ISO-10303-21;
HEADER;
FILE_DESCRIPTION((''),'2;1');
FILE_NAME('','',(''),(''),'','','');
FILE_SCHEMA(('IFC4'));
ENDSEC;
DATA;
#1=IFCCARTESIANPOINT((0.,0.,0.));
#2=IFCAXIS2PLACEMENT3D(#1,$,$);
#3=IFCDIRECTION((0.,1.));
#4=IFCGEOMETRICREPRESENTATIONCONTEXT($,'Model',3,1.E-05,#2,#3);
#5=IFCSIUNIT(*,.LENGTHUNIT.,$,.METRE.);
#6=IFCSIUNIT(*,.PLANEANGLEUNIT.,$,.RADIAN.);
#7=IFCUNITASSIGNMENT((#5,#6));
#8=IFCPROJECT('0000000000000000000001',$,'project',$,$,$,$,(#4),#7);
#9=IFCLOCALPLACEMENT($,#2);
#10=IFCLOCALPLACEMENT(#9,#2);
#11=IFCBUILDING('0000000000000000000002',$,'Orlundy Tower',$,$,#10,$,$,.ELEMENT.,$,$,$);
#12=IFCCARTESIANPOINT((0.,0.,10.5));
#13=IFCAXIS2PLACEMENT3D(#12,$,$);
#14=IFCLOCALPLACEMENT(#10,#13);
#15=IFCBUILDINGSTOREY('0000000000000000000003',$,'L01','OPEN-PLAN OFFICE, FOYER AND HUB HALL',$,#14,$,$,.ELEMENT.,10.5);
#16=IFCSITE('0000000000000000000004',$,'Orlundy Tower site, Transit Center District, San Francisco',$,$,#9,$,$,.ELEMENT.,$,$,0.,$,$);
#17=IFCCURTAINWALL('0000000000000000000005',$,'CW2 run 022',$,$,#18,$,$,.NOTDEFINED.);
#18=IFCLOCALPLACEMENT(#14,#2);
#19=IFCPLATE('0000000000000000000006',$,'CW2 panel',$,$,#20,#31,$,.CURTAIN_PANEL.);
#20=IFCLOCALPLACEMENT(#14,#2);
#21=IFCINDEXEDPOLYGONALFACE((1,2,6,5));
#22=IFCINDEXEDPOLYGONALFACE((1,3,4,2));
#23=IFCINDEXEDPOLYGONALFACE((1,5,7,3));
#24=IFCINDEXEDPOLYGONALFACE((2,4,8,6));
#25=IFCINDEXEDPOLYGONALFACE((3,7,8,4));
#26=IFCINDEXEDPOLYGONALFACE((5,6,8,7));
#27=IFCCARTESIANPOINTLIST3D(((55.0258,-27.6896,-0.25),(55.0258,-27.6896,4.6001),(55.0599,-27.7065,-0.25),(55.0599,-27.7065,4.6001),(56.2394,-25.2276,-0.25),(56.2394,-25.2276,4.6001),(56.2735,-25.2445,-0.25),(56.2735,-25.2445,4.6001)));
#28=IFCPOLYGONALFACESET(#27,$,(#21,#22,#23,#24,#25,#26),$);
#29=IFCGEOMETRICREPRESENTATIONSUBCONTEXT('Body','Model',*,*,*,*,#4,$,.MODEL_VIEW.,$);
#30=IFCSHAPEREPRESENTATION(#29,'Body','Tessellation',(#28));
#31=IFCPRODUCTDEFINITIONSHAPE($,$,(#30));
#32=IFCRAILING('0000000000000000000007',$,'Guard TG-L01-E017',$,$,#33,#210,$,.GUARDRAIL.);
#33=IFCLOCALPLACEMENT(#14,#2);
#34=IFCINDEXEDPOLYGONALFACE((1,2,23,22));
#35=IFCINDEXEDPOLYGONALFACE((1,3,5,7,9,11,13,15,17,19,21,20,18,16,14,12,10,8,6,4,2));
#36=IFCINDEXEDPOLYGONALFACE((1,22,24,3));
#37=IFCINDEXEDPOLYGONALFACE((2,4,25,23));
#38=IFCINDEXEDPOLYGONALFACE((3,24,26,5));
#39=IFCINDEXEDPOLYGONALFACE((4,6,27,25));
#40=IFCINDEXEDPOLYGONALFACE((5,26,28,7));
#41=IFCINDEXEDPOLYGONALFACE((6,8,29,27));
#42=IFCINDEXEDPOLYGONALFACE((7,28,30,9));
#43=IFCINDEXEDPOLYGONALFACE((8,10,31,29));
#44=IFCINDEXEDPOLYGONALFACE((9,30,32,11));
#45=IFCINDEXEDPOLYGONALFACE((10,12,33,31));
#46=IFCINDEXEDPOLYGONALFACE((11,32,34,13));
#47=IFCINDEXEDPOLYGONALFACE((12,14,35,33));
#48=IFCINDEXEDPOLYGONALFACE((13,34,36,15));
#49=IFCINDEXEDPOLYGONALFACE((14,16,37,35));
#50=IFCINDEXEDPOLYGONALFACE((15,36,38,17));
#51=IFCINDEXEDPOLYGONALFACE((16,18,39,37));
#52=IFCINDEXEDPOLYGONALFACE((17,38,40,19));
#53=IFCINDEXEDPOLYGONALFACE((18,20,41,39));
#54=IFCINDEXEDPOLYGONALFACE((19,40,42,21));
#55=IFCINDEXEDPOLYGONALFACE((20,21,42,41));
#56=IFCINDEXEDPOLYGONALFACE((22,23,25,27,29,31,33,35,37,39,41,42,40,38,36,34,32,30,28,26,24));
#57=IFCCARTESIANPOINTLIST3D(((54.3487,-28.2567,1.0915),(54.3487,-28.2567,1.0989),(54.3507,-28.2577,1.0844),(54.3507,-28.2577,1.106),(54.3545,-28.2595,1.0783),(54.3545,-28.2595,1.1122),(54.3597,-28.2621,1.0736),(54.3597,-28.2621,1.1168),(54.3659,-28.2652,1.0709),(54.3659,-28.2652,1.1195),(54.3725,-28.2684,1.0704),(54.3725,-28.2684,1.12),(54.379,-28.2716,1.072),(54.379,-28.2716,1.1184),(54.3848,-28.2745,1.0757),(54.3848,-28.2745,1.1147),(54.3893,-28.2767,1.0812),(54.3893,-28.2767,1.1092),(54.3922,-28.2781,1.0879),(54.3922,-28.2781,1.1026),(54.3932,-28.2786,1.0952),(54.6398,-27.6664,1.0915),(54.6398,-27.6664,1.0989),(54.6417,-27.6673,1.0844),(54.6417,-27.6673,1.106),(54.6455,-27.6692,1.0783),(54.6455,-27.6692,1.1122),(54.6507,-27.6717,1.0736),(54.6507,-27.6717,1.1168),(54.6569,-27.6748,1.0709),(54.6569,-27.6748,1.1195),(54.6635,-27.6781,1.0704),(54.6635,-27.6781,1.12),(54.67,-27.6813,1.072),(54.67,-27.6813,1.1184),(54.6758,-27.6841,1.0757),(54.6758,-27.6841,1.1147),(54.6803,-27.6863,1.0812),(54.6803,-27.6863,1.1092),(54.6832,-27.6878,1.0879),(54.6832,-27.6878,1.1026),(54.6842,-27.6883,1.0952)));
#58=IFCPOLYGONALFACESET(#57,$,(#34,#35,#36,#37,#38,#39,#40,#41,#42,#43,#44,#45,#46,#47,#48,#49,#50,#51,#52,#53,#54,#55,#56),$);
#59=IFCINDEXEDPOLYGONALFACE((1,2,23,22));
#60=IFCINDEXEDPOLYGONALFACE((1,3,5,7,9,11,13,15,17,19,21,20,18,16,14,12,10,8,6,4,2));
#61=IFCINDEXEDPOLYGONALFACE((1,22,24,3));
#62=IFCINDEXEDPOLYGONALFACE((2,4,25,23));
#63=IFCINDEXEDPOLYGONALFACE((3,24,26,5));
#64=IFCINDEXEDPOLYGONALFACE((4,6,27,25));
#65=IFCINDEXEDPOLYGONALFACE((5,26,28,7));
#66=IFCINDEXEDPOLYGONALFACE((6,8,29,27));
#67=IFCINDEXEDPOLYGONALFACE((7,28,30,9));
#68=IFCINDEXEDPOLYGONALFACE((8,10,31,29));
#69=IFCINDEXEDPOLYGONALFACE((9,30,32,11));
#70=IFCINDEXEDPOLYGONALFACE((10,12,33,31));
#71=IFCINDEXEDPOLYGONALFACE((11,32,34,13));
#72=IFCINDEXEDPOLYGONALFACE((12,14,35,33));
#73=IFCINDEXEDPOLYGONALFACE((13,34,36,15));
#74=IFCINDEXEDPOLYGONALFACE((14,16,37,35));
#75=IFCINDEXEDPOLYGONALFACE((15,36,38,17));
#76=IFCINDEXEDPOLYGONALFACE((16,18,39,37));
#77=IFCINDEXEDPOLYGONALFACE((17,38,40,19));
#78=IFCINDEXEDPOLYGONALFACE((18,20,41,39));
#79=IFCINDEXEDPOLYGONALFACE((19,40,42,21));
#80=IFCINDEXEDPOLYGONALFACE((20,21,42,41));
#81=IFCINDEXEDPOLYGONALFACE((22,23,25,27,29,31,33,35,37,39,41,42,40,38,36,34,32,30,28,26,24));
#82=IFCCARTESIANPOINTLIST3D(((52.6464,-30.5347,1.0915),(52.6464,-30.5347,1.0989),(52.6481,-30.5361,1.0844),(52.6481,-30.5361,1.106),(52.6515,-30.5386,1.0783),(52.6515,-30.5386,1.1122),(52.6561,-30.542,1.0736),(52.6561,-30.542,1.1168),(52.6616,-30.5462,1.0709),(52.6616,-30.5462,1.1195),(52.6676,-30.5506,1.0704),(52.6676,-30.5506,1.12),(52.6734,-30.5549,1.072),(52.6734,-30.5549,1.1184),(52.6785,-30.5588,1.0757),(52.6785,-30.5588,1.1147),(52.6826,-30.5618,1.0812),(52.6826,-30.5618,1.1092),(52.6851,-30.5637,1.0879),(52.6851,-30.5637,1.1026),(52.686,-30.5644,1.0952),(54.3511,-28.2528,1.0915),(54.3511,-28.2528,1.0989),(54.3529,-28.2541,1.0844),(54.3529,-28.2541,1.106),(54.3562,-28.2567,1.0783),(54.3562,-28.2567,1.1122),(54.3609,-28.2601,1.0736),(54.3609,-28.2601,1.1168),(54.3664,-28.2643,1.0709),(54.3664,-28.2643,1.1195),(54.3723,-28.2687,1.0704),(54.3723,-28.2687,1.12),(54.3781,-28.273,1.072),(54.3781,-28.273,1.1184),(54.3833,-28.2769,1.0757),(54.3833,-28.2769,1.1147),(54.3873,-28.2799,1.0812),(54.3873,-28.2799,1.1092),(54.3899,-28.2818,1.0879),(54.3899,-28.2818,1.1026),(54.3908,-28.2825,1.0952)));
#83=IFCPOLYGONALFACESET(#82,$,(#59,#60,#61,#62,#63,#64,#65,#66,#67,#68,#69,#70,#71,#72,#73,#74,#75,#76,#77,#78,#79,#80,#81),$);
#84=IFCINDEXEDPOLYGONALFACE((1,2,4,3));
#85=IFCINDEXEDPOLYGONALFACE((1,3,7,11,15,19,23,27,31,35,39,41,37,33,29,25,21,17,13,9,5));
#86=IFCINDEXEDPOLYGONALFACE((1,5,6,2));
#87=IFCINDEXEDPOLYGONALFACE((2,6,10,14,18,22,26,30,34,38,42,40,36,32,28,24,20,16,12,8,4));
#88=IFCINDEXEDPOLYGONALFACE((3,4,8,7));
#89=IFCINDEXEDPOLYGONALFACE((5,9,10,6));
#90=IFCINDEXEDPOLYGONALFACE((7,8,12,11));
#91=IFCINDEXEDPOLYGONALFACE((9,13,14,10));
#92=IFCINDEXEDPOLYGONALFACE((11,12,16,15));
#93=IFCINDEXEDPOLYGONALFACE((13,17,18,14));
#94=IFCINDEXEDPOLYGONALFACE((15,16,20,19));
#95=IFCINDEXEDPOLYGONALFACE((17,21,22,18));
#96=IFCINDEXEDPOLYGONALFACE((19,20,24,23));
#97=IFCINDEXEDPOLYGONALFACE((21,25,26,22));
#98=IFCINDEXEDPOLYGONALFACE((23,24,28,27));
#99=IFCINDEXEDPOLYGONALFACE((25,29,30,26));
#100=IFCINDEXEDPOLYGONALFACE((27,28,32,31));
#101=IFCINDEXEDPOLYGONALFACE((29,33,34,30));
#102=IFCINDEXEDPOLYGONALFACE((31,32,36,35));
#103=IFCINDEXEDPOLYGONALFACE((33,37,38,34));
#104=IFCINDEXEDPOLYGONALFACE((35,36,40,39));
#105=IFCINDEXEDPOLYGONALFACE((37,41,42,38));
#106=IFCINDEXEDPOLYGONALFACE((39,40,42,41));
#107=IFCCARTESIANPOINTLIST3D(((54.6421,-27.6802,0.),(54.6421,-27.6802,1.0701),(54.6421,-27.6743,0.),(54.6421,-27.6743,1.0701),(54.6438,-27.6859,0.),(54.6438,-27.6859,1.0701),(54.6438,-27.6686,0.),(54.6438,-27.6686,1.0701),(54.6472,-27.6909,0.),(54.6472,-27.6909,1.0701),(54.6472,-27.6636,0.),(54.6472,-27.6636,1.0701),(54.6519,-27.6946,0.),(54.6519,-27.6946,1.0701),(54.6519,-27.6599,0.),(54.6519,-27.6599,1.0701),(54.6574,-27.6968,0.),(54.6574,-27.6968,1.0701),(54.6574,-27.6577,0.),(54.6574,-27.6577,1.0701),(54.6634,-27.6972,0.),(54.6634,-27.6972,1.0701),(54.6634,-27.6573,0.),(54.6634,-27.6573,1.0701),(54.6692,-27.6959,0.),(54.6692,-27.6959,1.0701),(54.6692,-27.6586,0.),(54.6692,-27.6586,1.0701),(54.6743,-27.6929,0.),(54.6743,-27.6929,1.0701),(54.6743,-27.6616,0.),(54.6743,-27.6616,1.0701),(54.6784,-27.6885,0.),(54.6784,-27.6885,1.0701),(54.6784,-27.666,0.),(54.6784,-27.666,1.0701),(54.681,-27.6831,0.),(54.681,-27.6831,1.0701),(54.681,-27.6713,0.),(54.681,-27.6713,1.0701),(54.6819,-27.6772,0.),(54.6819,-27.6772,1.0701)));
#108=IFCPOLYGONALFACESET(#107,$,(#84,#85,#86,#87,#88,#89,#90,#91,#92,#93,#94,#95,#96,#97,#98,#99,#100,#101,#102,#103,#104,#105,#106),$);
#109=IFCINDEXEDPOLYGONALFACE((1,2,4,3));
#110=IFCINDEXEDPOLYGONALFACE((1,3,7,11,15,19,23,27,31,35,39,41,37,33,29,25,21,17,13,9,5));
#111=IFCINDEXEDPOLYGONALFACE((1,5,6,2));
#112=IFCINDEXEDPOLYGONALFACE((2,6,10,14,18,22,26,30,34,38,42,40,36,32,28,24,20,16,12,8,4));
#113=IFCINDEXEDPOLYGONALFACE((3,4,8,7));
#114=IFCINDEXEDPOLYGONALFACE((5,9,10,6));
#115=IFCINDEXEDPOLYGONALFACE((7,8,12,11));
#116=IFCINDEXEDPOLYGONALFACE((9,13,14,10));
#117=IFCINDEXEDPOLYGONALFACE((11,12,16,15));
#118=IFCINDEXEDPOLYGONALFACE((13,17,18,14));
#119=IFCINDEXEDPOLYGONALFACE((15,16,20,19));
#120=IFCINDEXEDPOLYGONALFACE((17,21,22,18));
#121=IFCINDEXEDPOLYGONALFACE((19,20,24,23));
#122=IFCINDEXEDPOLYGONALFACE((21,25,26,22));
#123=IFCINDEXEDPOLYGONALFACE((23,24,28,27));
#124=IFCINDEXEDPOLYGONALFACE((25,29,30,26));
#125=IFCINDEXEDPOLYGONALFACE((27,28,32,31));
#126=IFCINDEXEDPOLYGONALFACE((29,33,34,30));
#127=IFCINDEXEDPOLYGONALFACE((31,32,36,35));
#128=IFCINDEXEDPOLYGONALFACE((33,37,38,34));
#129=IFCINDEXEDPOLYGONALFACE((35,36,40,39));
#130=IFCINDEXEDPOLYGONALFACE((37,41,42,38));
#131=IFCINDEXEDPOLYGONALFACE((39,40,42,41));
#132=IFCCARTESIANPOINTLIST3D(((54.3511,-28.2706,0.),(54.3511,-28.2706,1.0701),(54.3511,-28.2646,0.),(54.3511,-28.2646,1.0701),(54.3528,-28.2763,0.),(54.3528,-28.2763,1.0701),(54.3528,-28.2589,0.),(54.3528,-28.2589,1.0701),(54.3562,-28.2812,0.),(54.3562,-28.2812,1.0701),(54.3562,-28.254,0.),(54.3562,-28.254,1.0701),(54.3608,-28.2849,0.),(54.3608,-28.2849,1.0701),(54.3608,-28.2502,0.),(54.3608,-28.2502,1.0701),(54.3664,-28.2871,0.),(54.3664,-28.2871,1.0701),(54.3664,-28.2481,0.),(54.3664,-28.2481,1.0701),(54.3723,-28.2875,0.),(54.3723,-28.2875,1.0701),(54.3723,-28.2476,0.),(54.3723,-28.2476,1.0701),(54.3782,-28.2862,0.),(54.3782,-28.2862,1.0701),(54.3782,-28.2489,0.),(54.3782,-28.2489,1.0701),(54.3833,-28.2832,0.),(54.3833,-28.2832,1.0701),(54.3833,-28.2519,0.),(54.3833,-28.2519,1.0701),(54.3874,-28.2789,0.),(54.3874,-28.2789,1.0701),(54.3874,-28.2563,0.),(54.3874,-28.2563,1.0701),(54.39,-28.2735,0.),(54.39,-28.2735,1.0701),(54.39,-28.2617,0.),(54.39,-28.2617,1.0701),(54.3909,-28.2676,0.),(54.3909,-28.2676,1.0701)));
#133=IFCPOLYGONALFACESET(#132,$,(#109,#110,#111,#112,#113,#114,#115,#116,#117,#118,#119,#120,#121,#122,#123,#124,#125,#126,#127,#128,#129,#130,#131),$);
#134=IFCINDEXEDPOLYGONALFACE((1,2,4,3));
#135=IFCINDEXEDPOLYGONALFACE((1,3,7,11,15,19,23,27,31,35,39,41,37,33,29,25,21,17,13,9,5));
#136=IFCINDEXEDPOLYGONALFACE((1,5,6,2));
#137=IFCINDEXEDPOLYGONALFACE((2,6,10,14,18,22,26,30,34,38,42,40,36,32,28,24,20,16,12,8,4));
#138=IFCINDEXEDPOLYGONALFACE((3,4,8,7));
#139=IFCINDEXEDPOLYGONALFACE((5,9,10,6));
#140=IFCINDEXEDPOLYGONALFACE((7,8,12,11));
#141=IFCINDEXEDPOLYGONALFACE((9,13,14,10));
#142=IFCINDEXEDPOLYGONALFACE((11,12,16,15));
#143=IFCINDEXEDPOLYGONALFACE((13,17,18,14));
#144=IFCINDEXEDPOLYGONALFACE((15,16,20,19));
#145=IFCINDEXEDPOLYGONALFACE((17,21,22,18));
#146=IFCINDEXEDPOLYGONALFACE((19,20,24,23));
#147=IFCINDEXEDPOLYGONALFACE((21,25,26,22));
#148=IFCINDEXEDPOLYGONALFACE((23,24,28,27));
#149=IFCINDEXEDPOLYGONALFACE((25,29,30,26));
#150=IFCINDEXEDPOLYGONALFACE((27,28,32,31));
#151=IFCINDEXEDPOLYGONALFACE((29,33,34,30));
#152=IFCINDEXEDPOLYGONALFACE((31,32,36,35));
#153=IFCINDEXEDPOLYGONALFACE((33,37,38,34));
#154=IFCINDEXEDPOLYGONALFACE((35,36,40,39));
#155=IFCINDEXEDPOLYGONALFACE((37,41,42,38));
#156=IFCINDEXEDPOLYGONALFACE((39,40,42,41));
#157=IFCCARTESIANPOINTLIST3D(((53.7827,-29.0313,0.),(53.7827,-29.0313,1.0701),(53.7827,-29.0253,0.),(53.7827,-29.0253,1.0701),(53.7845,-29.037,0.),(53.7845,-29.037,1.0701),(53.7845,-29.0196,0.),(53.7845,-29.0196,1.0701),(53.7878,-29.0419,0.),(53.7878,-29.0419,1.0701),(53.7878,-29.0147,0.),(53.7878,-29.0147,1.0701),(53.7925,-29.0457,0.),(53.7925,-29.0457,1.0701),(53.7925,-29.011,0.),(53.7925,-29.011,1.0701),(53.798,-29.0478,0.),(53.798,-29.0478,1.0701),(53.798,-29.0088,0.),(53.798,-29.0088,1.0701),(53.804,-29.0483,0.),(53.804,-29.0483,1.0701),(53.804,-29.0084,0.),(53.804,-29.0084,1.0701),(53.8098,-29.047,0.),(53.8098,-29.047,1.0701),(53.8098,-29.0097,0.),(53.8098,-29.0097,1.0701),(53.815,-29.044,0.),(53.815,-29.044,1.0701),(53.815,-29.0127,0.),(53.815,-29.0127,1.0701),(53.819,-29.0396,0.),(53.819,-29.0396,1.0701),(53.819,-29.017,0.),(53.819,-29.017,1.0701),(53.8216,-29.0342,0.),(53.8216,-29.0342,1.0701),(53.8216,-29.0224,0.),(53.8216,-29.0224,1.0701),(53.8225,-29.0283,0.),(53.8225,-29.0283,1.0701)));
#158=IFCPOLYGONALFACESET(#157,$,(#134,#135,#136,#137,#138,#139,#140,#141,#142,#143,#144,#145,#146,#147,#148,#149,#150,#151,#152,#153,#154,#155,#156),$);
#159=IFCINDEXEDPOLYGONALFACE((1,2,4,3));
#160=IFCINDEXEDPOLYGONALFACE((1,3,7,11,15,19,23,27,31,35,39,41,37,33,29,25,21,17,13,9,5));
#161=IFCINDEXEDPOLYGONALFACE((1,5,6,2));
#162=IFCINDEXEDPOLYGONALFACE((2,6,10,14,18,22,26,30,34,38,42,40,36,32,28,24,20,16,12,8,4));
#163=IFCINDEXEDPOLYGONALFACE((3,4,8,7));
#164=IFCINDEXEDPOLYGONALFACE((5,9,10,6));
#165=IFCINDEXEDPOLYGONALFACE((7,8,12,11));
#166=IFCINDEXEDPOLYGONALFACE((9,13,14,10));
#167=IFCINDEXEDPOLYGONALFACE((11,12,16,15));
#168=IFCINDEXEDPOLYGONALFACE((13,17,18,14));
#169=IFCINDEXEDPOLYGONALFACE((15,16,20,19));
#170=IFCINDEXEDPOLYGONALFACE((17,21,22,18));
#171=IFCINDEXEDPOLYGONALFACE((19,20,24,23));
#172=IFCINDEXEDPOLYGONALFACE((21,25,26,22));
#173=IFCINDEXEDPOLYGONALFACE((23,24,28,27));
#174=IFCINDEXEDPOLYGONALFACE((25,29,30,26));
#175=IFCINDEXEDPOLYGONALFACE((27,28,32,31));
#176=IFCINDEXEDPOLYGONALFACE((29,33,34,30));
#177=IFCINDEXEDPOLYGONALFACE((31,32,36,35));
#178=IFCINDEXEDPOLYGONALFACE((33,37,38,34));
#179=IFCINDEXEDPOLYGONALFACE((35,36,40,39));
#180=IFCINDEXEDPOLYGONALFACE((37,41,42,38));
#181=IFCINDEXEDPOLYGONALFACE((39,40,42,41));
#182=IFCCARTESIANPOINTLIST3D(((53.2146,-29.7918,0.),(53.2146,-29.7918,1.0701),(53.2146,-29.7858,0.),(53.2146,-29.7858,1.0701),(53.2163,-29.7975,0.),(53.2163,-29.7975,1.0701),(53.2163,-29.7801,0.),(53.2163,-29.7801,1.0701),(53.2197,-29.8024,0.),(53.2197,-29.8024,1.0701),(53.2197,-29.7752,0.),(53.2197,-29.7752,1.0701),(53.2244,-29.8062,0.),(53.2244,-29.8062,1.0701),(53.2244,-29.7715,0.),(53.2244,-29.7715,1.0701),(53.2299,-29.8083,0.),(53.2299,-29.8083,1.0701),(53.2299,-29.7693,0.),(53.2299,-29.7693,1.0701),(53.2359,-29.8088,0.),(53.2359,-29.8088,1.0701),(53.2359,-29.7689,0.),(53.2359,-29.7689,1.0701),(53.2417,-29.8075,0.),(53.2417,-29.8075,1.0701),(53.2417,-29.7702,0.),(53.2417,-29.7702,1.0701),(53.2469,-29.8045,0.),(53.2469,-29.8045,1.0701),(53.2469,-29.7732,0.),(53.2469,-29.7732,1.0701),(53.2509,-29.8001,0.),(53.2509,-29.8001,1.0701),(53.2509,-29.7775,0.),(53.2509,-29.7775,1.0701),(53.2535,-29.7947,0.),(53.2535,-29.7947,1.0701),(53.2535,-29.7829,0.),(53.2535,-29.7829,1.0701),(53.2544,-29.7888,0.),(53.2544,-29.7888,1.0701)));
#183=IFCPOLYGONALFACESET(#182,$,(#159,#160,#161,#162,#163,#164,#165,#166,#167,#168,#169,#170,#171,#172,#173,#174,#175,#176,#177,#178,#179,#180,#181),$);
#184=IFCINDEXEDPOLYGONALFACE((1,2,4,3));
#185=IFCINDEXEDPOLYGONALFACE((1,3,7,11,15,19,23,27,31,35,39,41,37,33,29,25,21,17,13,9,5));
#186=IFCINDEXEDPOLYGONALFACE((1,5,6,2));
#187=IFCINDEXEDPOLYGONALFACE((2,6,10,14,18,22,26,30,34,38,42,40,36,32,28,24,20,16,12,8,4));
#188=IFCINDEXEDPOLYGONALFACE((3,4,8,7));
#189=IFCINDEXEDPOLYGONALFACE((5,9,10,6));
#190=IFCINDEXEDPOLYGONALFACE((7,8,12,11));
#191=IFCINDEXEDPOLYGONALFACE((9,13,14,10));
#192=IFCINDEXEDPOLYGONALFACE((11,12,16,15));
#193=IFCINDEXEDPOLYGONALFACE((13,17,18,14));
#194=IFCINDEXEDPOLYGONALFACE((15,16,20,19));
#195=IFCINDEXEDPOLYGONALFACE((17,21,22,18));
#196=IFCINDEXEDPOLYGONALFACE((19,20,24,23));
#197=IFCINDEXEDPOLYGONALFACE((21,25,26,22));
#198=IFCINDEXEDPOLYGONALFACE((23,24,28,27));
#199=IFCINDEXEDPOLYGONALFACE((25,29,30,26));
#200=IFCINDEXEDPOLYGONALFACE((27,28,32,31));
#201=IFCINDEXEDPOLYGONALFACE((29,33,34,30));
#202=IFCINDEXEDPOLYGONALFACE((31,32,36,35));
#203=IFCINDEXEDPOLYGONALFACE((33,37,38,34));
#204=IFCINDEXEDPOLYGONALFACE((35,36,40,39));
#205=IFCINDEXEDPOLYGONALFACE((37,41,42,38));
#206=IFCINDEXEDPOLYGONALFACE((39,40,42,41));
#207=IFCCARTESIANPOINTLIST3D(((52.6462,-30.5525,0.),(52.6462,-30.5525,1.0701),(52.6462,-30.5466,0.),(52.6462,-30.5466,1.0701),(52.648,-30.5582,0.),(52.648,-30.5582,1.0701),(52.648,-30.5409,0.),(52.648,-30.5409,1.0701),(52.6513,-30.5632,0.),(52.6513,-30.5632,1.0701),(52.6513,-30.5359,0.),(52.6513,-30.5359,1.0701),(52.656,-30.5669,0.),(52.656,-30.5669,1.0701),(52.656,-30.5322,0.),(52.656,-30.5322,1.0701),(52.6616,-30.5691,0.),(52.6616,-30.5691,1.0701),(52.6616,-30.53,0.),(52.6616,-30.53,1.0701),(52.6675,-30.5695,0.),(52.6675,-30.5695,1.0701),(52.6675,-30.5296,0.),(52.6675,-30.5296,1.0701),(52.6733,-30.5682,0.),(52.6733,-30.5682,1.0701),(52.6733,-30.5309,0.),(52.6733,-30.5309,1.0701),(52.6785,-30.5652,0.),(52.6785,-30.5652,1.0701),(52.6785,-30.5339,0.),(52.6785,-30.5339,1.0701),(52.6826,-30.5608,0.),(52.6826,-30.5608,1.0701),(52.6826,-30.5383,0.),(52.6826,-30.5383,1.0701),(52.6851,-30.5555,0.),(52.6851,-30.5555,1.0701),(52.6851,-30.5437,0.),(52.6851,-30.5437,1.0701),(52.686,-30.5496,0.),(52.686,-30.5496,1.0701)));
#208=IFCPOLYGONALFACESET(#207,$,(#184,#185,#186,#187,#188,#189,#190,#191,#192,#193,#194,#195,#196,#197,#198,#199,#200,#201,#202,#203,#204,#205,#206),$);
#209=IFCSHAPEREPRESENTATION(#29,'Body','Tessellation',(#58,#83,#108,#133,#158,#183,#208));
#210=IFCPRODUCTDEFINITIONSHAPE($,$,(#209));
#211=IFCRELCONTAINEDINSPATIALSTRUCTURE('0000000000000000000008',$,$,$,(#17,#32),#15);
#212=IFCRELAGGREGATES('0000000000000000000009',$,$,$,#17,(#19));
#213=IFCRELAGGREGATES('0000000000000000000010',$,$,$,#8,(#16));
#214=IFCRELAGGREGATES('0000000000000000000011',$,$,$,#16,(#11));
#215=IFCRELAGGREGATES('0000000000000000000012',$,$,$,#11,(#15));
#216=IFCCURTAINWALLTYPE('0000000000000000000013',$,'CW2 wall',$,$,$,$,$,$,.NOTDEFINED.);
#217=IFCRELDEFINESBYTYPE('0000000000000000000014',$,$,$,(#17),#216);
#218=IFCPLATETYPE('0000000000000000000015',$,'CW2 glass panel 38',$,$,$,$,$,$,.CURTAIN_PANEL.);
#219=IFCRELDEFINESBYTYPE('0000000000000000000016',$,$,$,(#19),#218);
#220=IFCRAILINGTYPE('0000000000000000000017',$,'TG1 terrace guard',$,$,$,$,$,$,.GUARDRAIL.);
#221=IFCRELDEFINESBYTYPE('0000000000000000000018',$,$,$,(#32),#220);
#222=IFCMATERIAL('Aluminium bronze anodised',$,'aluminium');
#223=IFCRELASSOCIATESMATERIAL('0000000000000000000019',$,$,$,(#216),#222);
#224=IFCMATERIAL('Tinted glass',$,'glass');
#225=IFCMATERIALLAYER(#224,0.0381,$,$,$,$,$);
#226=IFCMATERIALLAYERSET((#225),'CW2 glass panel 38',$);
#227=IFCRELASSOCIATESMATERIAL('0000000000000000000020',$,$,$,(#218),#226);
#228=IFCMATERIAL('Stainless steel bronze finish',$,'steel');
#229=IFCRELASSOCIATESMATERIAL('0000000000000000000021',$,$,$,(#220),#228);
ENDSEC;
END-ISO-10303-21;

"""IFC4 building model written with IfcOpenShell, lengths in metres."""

from ifc_helpers import new_model, si_unit, direction, frame, origin, origin_2d, place, context, subcontext, project, spatial, rectangle, circle, extrude, material, layer, layer_set, type_object, element, aggregate, save


model = new_model("IFC4")

# Units and contexts
model_context = context("Model", 3, precision=1e-05, world=origin(), true_north=direction((0.0, 1.0)))
body_context = subcontext(model_context, "Body", "Model", "MODEL_VIEW")
ifc_project = project(units=[si_unit("LENGTHUNIT", "METRE"), si_unit("PLANEANGLEUNIT", "RADIAN")], contexts=[model_context])

# Site, building, storey
site_placement = place(None, origin())
site = spatial("IfcSite", under=ifc_project, at=site_placement, Name="Orlundy Tower site, Transit Center District, San Francisco", CompositionType="ELEMENT", RefElevation=0.0)
building_placement = place(site_placement, origin())
building = spatial("IfcBuilding", under=site, at=building_placement, Name="Orlundy Tower", CompositionType="ELEMENT")
storey_placement = place(building_placement, frame((0.0, 0.0, 10.5)))
storey = spatial("IfcBuildingStorey", under=building, at=storey_placement, Name="L01", Description="OPEN-PLAN OFFICE, FOYER AND HUB HALL", CompositionType="ELEMENT", Elevation=10.5)

# Curtain wall
ifc_material_1 = material(Name="Aluminium bronze anodised", Category="aluminium")
curtain_wall_type = type_object("IfcCurtainWallType", Name="CW2 wall", PredefinedType="NOTDEFINED", material=ifc_material_1)
curtain_wall_1_placement = place(storey_placement, origin())
curtain_wall_1 = element("IfcCurtainWall", 1, at=curtain_wall_1_placement, inside=storey, type_object=curtain_wall_type, Name="CW2 run 022", PredefinedType="NOTDEFINED")

# Plate
ifc_material_2 = material(Name="Tinted glass", Category="glass")
ifc_layer = layer(ifc_material_2, 0.0381)
ifc_layer_set = layer_set([ifc_layer], Name="CW2 glass panel 38")
plate_type = type_object("IfcPlateType", Name="CW2 glass panel 38", PredefinedType="CURTAIN_PANEL", material=ifc_layer_set)
plate_1_placement = place(storey_placement, frame((55.6497, -26.467, -0.25), z_axis=(0.0, 0.0, 1.0), x_axis=(-0.442135, -0.896949, 0.0)))
plate_1 = element("IfcPlate", 2, at=plate_1_placement, type_object=plate_type, Name="CW2 panel", PredefinedType="CURTAIN_PANEL", context=body_context, shape_type="SweptSolid", body=[
    extrude(rectangle(XDim=2.7449, YDim=0.0381, at=origin_2d()), origin(), (0.0, 0.0, 1.0), 4.8501),
])
aggregate(curtain_wall_1, [plate_1])

# Railing
ifc_material_3 = material(Name="Stainless steel bronze finish", Category="steel")
railing_type = type_object("IfcRailingType", Name="TG1 terrace guard", PredefinedType="GUARDRAIL", material=ifc_material_3)
railing_1_placement = place(storey_placement, frame((54.6619, -27.6772, 0.0)))
element("IfcRailing", 3, at=railing_1_placement, inside=storey, type_object=railing_type, Name="Guard TG-L01-E017", PredefinedType="GUARDRAIL", context=body_context, shape_type="SweptSolid", body=[
    extrude(circle(Radius=0.0249, at=origin_2d()), frame((0.0, 0.0, 1.0952), z_axis=(-0.442162, -0.896935, 0.0), x_axis=(0.896935, -0.442162, 0.0)), (0.0, 0.0, 1.0), 0.6582),
    extrude(circle(Radius=0.0249, at=origin_2d()), frame((-0.291, -0.5903, 1.0952), z_axis=(-0.598504, -0.80112, 0.0), x_axis=(0.80112, -0.598504, 0.0)), (0.0, 0.0, 1.0), 2.8484),
    extrude(circle(Radius=0.02, at=origin_2d()), origin(), (0.0, 0.0, 1.0), 1.0701),
    extrude(circle(Radius=0.02, at=origin_2d()), frame((-0.291, -0.5903, 0.0)), (0.0, 0.0, 1.0), 1.0701),
    extrude(circle(Radius=0.02, at=origin_2d()), frame((-0.8594, -1.3511, 0.0)), (0.0, 0.0, 1.0), 1.0701),
    extrude(circle(Radius=0.02, at=origin_2d()), frame((-1.4275, -2.1116, 0.0)), (0.0, 0.0, 1.0), 1.0701),
    extrude(circle(Radius=0.02, at=origin_2d()), frame((-1.9958, -2.8723, 0.0)), (0.0, 0.0, 1.0), 1.0701),
])

save(model, "model.ifc")
